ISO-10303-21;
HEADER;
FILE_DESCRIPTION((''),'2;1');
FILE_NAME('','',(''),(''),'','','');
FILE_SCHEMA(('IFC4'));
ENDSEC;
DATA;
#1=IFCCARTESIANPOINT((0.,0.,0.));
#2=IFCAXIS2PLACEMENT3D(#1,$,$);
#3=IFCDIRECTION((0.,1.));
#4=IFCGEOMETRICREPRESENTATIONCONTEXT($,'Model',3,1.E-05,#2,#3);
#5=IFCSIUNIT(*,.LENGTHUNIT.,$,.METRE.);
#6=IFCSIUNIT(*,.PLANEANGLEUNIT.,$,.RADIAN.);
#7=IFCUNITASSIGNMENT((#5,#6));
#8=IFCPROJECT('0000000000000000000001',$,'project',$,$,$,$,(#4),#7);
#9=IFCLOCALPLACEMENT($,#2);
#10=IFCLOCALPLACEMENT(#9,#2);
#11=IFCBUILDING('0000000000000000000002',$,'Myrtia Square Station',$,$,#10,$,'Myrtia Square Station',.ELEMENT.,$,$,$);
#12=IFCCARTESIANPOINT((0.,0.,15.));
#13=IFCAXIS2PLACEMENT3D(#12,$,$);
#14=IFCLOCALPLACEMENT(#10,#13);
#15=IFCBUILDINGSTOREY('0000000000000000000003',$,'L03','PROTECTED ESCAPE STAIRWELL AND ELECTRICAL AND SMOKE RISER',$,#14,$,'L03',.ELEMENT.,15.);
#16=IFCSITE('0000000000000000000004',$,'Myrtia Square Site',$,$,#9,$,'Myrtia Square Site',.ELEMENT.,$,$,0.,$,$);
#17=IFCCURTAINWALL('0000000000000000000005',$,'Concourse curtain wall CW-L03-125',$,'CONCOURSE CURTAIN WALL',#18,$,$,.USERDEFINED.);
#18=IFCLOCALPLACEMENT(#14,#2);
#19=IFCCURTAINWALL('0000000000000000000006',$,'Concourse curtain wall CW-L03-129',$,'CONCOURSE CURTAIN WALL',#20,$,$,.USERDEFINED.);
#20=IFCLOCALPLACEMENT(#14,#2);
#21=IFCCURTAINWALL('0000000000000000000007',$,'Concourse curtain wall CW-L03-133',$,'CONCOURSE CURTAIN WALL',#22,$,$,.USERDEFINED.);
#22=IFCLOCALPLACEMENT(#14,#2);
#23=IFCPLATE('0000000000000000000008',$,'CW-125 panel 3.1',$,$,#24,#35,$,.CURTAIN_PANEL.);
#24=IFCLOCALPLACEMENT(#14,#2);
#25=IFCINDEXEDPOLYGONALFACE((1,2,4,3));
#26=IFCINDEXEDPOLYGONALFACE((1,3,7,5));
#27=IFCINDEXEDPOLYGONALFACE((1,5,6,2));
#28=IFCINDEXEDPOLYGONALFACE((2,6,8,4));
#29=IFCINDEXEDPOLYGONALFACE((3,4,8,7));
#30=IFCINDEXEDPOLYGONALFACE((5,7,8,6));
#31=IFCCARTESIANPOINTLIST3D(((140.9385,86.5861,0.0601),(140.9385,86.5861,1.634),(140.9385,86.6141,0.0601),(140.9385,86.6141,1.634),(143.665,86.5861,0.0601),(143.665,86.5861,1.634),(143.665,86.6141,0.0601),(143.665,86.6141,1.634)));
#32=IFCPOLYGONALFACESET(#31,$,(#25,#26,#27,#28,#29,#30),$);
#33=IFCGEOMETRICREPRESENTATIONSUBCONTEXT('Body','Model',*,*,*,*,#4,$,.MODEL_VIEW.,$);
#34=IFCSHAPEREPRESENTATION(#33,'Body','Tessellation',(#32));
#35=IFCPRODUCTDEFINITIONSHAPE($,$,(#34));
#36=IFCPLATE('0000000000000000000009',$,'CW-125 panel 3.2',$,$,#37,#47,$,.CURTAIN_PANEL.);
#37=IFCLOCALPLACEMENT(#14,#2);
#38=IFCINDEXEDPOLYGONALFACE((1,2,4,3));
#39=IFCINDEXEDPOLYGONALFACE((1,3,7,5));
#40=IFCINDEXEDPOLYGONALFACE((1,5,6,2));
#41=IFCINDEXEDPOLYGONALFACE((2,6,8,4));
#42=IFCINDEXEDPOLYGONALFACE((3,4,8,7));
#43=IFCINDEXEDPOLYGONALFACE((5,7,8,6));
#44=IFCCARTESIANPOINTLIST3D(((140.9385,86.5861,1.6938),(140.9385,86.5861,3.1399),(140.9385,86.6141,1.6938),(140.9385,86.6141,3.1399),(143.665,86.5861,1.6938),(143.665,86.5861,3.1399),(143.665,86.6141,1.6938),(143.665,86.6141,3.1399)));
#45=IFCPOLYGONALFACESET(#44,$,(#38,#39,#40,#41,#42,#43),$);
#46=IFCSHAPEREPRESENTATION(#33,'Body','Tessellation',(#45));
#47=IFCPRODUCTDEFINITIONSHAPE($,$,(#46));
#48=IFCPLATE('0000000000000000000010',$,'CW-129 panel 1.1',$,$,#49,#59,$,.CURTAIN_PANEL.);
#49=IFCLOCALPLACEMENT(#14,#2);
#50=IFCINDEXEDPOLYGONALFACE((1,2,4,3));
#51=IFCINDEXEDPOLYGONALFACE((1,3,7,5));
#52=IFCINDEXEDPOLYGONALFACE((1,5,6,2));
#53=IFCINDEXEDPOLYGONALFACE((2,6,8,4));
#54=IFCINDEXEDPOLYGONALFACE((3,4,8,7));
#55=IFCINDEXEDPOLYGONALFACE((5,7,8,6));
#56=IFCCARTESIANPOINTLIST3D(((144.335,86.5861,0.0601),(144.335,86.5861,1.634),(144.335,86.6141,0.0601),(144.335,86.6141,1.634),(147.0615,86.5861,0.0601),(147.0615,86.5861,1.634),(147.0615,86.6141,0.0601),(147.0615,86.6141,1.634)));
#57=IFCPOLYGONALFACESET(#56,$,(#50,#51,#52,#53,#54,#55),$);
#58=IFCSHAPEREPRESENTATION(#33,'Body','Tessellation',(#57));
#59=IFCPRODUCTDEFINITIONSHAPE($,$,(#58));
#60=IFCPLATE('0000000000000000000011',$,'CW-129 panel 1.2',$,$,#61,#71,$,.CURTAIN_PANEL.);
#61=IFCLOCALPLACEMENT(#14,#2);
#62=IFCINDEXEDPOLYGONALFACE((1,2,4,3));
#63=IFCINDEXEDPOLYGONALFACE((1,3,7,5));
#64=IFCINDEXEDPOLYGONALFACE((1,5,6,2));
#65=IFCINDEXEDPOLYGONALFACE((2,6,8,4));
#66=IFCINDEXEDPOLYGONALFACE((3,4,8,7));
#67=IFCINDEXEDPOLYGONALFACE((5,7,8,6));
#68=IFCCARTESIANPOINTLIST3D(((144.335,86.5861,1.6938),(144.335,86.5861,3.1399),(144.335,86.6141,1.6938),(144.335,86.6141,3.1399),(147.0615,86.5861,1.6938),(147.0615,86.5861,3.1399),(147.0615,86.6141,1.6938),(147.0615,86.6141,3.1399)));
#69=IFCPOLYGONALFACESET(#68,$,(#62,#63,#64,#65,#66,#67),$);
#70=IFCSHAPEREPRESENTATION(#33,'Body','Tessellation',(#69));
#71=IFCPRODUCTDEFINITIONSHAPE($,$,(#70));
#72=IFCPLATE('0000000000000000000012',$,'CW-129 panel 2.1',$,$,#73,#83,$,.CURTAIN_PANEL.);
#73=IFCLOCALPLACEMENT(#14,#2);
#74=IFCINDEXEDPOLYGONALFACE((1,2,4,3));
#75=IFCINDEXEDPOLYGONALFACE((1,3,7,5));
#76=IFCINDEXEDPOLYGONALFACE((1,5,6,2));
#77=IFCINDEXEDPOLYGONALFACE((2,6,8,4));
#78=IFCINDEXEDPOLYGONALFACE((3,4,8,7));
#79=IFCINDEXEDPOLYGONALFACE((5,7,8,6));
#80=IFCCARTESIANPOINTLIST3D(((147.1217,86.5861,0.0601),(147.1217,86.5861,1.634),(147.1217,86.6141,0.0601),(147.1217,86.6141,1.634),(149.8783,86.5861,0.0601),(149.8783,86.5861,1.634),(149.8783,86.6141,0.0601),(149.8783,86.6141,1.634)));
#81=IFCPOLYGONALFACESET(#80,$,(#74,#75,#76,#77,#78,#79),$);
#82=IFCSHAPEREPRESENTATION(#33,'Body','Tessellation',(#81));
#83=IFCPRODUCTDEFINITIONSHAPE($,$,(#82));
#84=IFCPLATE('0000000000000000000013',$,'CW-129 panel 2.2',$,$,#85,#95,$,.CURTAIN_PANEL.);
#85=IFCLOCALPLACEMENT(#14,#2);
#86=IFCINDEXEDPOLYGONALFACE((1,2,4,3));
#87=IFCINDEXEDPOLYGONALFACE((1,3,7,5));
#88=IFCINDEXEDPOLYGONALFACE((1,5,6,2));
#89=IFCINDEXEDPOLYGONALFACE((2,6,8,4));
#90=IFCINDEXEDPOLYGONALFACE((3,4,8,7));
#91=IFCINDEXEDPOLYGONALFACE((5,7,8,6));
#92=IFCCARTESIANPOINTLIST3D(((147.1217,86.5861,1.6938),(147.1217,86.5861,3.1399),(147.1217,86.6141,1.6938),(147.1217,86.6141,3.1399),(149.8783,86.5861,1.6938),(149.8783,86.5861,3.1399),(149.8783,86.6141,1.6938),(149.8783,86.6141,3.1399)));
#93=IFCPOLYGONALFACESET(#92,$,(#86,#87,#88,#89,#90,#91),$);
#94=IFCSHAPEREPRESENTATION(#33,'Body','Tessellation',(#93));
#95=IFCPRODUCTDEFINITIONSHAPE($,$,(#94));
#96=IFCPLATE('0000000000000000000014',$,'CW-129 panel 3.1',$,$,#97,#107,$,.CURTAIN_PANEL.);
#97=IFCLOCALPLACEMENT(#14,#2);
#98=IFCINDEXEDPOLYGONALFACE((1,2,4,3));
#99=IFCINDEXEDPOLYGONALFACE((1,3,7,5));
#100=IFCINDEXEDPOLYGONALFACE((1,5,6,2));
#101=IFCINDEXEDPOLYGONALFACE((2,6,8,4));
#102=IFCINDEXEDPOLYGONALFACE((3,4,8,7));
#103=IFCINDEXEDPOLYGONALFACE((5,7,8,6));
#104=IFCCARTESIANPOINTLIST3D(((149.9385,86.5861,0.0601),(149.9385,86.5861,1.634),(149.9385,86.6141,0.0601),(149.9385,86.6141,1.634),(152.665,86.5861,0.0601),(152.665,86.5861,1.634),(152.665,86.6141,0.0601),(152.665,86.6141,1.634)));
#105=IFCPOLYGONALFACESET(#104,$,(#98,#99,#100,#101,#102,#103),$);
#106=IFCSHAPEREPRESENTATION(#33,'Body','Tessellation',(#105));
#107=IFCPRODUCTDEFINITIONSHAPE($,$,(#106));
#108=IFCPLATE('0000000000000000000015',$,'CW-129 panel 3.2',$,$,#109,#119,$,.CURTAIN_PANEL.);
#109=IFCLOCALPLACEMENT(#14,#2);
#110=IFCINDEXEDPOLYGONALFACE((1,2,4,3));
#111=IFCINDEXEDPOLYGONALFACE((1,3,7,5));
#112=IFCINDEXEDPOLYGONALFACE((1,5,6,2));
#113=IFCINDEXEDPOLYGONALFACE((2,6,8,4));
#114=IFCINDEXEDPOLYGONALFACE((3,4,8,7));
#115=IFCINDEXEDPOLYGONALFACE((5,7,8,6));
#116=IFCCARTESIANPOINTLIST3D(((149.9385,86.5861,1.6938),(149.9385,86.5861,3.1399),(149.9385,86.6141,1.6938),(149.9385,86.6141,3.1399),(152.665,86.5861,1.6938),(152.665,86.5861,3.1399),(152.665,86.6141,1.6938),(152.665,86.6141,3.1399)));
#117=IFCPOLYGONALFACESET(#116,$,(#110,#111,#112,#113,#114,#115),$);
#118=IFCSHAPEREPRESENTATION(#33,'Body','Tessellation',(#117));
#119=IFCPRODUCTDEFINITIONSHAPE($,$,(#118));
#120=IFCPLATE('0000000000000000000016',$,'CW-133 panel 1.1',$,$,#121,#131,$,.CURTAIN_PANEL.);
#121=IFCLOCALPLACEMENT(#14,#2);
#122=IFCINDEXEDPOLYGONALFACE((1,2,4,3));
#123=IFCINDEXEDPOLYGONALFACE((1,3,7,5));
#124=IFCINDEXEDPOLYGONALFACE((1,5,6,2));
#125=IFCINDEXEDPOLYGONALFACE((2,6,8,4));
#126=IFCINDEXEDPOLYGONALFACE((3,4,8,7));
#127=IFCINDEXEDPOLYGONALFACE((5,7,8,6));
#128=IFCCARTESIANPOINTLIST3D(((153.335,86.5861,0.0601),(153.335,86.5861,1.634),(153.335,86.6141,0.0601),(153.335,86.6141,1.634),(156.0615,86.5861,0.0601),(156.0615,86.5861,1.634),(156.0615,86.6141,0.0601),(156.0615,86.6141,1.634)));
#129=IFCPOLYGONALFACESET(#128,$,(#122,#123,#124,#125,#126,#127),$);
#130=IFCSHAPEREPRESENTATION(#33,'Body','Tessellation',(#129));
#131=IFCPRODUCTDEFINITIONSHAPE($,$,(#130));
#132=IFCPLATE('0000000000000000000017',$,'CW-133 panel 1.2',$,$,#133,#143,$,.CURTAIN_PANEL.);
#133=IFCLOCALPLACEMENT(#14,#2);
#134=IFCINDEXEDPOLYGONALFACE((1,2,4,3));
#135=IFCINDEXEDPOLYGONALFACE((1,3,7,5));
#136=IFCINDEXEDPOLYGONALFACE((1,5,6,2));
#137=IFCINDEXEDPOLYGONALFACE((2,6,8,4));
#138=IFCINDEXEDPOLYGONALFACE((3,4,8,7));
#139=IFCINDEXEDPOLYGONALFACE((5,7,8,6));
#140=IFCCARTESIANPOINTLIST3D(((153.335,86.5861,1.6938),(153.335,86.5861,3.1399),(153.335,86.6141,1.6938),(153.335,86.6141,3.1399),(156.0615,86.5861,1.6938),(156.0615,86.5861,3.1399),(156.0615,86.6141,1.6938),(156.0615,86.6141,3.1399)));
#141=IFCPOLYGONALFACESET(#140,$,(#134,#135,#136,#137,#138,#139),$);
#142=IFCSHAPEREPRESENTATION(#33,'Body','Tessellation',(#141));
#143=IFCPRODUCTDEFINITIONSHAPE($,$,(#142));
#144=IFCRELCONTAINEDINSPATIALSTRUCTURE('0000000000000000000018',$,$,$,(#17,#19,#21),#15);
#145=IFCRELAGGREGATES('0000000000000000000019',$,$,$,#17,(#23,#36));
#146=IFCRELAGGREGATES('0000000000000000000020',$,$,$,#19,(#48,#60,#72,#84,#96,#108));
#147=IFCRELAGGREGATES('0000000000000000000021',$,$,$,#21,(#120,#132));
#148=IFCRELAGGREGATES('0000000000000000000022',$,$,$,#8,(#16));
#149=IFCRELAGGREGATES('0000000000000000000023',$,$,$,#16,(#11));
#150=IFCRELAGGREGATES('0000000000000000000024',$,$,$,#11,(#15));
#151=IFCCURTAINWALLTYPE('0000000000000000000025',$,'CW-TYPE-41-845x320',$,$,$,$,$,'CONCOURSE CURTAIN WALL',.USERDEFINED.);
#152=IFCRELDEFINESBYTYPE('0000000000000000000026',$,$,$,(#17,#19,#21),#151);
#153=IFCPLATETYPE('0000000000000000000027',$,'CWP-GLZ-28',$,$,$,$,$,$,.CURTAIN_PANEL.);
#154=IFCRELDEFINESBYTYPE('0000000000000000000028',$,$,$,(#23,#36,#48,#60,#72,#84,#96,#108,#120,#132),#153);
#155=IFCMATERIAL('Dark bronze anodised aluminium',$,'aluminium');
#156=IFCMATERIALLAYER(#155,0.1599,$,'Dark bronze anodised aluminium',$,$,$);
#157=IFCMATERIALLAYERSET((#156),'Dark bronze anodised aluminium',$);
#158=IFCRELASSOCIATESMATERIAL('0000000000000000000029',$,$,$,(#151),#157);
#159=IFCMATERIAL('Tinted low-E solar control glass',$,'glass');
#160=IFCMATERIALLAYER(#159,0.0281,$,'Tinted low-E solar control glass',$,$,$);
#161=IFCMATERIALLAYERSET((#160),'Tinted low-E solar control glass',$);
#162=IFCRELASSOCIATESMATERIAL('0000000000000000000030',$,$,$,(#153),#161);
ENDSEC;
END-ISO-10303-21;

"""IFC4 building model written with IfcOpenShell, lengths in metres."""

from ifc_helpers import new_model, si_unit, direction, frame, origin, origin_2d, place, context, subcontext, project, spatial, rectangle, extrude, material, layer, layer_set, type_object, element, aggregate, save


model = new_model("IFC4")

# Units and contexts
model_context = context("Model", 3, precision=1e-05, world=origin(), true_north=direction((0.0, 1.0)))
body_context = subcontext(model_context, "Body", "Model", "MODEL_VIEW")
ifc_project = project(units=[si_unit("LENGTHUNIT", "METRE"), si_unit("PLANEANGLEUNIT", "RADIAN")], contexts=[model_context])

# Site, building, storey
site_placement = place(None, origin())
site = spatial("IfcSite", under=ifc_project, at=site_placement, Name="Myrtia Square Site", LongName="Myrtia Square Site", CompositionType="ELEMENT", RefElevation=0.0)
building_placement = place(site_placement, origin())
building = spatial("IfcBuilding", under=site, at=building_placement, Name="Myrtia Square Station", LongName="Myrtia Square Station", CompositionType="ELEMENT")
storey_placement = place(building_placement, frame((0.0, 0.0, 15.0)))
storey = spatial("IfcBuildingStorey", under=building, at=storey_placement, Name="L03", Description="PROTECTED ESCAPE STAIRWELL AND ELECTRICAL AND SMOKE RISER", LongName="L03", CompositionType="ELEMENT", Elevation=15.0)

# Curtain wall
ifc_material_1 = material(Name="Dark bronze anodised aluminium", Category="aluminium")
ifc_layer_1 = layer(ifc_material_1, 0.1599, Name="Dark bronze anodised aluminium")
ifc_layer_set_1 = layer_set([ifc_layer_1], Name="Dark bronze anodised aluminium")
curtain_wall_type = type_object("IfcCurtainWallType", Name="CW-TYPE-41-845x320", ElementType="CONCOURSE CURTAIN WALL", PredefinedType="USERDEFINED", material=ifc_layer_set_1)
curtain_wall_1_placement = place(storey_placement, origin())
curtain_wall_1 = element("IfcCurtainWall", 1, at=curtain_wall_1_placement, inside=storey, type_object=curtain_wall_type, Name="Concourse curtain wall CW-L03-125", ObjectType="CONCOURSE CURTAIN WALL", PredefinedType="USERDEFINED")

# Curtain walls
curtain_wall_2_placement = place(storey_placement, origin())
curtain_wall_2 = element("IfcCurtainWall", 2, at=curtain_wall_2_placement, inside=storey, type_object=curtain_wall_type, Name="Concourse curtain wall CW-L03-129", ObjectType="CONCOURSE CURTAIN WALL", PredefinedType="USERDEFINED")
curtain_wall_3_placement = place(storey_placement, origin())
curtain_wall_3 = element("IfcCurtainWall", 3, at=curtain_wall_3_placement, inside=storey, type_object=curtain_wall_type, Name="Concourse curtain wall CW-L03-133", ObjectType="CONCOURSE CURTAIN WALL", PredefinedType="USERDEFINED")

# Plates
ifc_material_2 = material(Name="Tinted low-E solar control glass", Category="glass")
ifc_layer_2 = layer(ifc_material_2, 0.0281, Name="Tinted low-E solar control glass")
ifc_layer_set_2 = layer_set([ifc_layer_2], Name="Tinted low-E solar control glass")
plate_type = type_object("IfcPlateType", Name="CWP-GLZ-28", PredefinedType="CURTAIN_PANEL", material=ifc_layer_set_2)
plate_1_placement = place(storey_placement, frame((142.3018, 86.6001, 0.0601), z_axis=(0.0, 0.0, 1.0), x_axis=(1.0, 0.0, 0.0)))
plate_1 = element("IfcPlate", 4, at=plate_1_placement, type_object=plate_type, Name="CW-125 panel 3.1", PredefinedType="CURTAIN_PANEL", context=body_context, shape_type="SweptSolid", body=[
    extrude(rectangle(XDim=2.7266, YDim=0.0281, at=origin_2d()), origin(), (0.0, 0.0, 1.0), 1.574),
])
plate_2_placement = place(storey_placement, frame((142.3018, 86.6001, 1.6938), z_axis=(0.0, 0.0, 1.0), x_axis=(1.0, 0.0, 0.0)))
plate_2 = element("IfcPlate", 5, at=plate_2_placement, type_object=plate_type, Name="CW-125 panel 3.2", PredefinedType="CURTAIN_PANEL", context=body_context, shape_type="SweptSolid", body=[
    extrude(rectangle(XDim=2.7266, YDim=0.0281, at=origin_2d()), origin(), (0.0, 0.0, 1.0), 1.446),
])
aggregate(curtain_wall_1, [plate_1, plate_2])
plate_3_placement = place(storey_placement, frame((145.6982, 86.6001, 0.0601), z_axis=(0.0, 0.0, 1.0), x_axis=(1.0, 0.0, 0.0)))
plate_3 = element("IfcPlate", 6, at=plate_3_placement, type_object=plate_type, Name="CW-129 panel 1.1", PredefinedType="CURTAIN_PANEL", context=body_context, shape_type="SweptSolid", body=[
    extrude(rectangle(XDim=2.7266, YDim=0.0281, at=origin_2d()), origin(), (0.0, 0.0, 1.0), 1.574),
])
plate_4_placement = place(storey_placement, frame((145.6982, 86.6001, 1.6938), z_axis=(0.0, 0.0, 1.0), x_axis=(1.0, 0.0, 0.0)))
plate_4 = element("IfcPlate", 7, at=plate_4_placement, type_object=plate_type, Name="CW-129 panel 1.2", PredefinedType="CURTAIN_PANEL", context=body_context, shape_type="SweptSolid", body=[
    extrude(rectangle(XDim=2.7266, YDim=0.0281, at=origin_2d()), origin(), (0.0, 0.0, 1.0), 1.446),
])
plate_5_placement = place(storey_placement, frame((148.5, 86.6001, 0.0601), z_axis=(0.0, 0.0, 1.0), x_axis=(1.0, 0.0, 0.0)))
plate_5 = element("IfcPlate", 8, at=plate_5_placement, type_object=plate_type, Name="CW-129 panel 2.1", PredefinedType="CURTAIN_PANEL", context=body_context, shape_type="SweptSolid", body=[
    extrude(rectangle(XDim=2.7566, YDim=0.0281, at=origin_2d()), origin(), (0.0, 0.0, 1.0), 1.574),
])
plate_6_placement = place(storey_placement, frame((148.5, 86.6001, 1.6938), z_axis=(0.0, 0.0, 1.0), x_axis=(1.0, 0.0, 0.0)))
plate_6 = element("IfcPlate", 9, at=plate_6_placement, type_object=plate_type, Name="CW-129 panel 2.2", PredefinedType="CURTAIN_PANEL", context=body_context, shape_type="SweptSolid", body=[
    extrude(rectangle(XDim=2.7566, YDim=0.0281, at=origin_2d()), origin(), (0.0, 0.0, 1.0), 1.446),
])
plate_7_placement = place(storey_placement, frame((151.3018, 86.6001, 0.0601), z_axis=(0.0, 0.0, 1.0), x_axis=(1.0, 0.0, 0.0)))
plate_7 = element("IfcPlate", 10, at=plate_7_placement, type_object=plate_type, Name="CW-129 panel 3.1", PredefinedType="CURTAIN_PANEL", context=body_context, shape_type="SweptSolid", body=[
    extrude(rectangle(XDim=2.7266, YDim=0.0281, at=origin_2d()), origin(), (0.0, 0.0, 1.0), 1.574),
])
plate_8_placement = place(storey_placement, frame((151.3018, 86.6001, 1.6938), z_axis=(0.0, 0.0, 1.0), x_axis=(1.0, 0.0, 0.0)))
plate_8 = element("IfcPlate", 11, at=plate_8_placement, type_object=plate_type, Name="CW-129 panel 3.2", PredefinedType="CURTAIN_PANEL", context=body_context, shape_type="SweptSolid", body=[
    extrude(rectangle(XDim=2.7266, YDim=0.0281, at=origin_2d()), origin(), (0.0, 0.0, 1.0), 1.446),
])
aggregate(curtain_wall_2, [plate_3, plate_4, plate_5, plate_6, plate_7, plate_8])
plate_9_placement = place(storey_placement, frame((154.6982, 86.6001, 0.0601), z_axis=(0.0, 0.0, 1.0), x_axis=(1.0, 0.0, 0.0)))
plate_9 = element("IfcPlate", 12, at=plate_9_placement, type_object=plate_type, Name="CW-133 panel 1.1", PredefinedType="CURTAIN_PANEL", context=body_context, shape_type="SweptSolid", body=[
    extrude(rectangle(XDim=2.7266, YDim=0.0281, at=origin_2d()), origin(), (0.0, 0.0, 1.0), 1.574),
])
plate_10_placement = place(storey_placement, frame((154.6982, 86.6001, 1.6938), z_axis=(0.0, 0.0, 1.0), x_axis=(1.0, 0.0, 0.0)))
plate_10 = element("IfcPlate", 13, at=plate_10_placement, type_object=plate_type, Name="CW-133 panel 1.2", PredefinedType="CURTAIN_PANEL", context=body_context, shape_type="SweptSolid", body=[
    extrude(rectangle(XDim=2.7266, YDim=0.0281, at=origin_2d()), origin(), (0.0, 0.0, 1.0), 1.446),
])
aggregate(curtain_wall_3, [plate_9, plate_10])

save(model, "model.ifc")
